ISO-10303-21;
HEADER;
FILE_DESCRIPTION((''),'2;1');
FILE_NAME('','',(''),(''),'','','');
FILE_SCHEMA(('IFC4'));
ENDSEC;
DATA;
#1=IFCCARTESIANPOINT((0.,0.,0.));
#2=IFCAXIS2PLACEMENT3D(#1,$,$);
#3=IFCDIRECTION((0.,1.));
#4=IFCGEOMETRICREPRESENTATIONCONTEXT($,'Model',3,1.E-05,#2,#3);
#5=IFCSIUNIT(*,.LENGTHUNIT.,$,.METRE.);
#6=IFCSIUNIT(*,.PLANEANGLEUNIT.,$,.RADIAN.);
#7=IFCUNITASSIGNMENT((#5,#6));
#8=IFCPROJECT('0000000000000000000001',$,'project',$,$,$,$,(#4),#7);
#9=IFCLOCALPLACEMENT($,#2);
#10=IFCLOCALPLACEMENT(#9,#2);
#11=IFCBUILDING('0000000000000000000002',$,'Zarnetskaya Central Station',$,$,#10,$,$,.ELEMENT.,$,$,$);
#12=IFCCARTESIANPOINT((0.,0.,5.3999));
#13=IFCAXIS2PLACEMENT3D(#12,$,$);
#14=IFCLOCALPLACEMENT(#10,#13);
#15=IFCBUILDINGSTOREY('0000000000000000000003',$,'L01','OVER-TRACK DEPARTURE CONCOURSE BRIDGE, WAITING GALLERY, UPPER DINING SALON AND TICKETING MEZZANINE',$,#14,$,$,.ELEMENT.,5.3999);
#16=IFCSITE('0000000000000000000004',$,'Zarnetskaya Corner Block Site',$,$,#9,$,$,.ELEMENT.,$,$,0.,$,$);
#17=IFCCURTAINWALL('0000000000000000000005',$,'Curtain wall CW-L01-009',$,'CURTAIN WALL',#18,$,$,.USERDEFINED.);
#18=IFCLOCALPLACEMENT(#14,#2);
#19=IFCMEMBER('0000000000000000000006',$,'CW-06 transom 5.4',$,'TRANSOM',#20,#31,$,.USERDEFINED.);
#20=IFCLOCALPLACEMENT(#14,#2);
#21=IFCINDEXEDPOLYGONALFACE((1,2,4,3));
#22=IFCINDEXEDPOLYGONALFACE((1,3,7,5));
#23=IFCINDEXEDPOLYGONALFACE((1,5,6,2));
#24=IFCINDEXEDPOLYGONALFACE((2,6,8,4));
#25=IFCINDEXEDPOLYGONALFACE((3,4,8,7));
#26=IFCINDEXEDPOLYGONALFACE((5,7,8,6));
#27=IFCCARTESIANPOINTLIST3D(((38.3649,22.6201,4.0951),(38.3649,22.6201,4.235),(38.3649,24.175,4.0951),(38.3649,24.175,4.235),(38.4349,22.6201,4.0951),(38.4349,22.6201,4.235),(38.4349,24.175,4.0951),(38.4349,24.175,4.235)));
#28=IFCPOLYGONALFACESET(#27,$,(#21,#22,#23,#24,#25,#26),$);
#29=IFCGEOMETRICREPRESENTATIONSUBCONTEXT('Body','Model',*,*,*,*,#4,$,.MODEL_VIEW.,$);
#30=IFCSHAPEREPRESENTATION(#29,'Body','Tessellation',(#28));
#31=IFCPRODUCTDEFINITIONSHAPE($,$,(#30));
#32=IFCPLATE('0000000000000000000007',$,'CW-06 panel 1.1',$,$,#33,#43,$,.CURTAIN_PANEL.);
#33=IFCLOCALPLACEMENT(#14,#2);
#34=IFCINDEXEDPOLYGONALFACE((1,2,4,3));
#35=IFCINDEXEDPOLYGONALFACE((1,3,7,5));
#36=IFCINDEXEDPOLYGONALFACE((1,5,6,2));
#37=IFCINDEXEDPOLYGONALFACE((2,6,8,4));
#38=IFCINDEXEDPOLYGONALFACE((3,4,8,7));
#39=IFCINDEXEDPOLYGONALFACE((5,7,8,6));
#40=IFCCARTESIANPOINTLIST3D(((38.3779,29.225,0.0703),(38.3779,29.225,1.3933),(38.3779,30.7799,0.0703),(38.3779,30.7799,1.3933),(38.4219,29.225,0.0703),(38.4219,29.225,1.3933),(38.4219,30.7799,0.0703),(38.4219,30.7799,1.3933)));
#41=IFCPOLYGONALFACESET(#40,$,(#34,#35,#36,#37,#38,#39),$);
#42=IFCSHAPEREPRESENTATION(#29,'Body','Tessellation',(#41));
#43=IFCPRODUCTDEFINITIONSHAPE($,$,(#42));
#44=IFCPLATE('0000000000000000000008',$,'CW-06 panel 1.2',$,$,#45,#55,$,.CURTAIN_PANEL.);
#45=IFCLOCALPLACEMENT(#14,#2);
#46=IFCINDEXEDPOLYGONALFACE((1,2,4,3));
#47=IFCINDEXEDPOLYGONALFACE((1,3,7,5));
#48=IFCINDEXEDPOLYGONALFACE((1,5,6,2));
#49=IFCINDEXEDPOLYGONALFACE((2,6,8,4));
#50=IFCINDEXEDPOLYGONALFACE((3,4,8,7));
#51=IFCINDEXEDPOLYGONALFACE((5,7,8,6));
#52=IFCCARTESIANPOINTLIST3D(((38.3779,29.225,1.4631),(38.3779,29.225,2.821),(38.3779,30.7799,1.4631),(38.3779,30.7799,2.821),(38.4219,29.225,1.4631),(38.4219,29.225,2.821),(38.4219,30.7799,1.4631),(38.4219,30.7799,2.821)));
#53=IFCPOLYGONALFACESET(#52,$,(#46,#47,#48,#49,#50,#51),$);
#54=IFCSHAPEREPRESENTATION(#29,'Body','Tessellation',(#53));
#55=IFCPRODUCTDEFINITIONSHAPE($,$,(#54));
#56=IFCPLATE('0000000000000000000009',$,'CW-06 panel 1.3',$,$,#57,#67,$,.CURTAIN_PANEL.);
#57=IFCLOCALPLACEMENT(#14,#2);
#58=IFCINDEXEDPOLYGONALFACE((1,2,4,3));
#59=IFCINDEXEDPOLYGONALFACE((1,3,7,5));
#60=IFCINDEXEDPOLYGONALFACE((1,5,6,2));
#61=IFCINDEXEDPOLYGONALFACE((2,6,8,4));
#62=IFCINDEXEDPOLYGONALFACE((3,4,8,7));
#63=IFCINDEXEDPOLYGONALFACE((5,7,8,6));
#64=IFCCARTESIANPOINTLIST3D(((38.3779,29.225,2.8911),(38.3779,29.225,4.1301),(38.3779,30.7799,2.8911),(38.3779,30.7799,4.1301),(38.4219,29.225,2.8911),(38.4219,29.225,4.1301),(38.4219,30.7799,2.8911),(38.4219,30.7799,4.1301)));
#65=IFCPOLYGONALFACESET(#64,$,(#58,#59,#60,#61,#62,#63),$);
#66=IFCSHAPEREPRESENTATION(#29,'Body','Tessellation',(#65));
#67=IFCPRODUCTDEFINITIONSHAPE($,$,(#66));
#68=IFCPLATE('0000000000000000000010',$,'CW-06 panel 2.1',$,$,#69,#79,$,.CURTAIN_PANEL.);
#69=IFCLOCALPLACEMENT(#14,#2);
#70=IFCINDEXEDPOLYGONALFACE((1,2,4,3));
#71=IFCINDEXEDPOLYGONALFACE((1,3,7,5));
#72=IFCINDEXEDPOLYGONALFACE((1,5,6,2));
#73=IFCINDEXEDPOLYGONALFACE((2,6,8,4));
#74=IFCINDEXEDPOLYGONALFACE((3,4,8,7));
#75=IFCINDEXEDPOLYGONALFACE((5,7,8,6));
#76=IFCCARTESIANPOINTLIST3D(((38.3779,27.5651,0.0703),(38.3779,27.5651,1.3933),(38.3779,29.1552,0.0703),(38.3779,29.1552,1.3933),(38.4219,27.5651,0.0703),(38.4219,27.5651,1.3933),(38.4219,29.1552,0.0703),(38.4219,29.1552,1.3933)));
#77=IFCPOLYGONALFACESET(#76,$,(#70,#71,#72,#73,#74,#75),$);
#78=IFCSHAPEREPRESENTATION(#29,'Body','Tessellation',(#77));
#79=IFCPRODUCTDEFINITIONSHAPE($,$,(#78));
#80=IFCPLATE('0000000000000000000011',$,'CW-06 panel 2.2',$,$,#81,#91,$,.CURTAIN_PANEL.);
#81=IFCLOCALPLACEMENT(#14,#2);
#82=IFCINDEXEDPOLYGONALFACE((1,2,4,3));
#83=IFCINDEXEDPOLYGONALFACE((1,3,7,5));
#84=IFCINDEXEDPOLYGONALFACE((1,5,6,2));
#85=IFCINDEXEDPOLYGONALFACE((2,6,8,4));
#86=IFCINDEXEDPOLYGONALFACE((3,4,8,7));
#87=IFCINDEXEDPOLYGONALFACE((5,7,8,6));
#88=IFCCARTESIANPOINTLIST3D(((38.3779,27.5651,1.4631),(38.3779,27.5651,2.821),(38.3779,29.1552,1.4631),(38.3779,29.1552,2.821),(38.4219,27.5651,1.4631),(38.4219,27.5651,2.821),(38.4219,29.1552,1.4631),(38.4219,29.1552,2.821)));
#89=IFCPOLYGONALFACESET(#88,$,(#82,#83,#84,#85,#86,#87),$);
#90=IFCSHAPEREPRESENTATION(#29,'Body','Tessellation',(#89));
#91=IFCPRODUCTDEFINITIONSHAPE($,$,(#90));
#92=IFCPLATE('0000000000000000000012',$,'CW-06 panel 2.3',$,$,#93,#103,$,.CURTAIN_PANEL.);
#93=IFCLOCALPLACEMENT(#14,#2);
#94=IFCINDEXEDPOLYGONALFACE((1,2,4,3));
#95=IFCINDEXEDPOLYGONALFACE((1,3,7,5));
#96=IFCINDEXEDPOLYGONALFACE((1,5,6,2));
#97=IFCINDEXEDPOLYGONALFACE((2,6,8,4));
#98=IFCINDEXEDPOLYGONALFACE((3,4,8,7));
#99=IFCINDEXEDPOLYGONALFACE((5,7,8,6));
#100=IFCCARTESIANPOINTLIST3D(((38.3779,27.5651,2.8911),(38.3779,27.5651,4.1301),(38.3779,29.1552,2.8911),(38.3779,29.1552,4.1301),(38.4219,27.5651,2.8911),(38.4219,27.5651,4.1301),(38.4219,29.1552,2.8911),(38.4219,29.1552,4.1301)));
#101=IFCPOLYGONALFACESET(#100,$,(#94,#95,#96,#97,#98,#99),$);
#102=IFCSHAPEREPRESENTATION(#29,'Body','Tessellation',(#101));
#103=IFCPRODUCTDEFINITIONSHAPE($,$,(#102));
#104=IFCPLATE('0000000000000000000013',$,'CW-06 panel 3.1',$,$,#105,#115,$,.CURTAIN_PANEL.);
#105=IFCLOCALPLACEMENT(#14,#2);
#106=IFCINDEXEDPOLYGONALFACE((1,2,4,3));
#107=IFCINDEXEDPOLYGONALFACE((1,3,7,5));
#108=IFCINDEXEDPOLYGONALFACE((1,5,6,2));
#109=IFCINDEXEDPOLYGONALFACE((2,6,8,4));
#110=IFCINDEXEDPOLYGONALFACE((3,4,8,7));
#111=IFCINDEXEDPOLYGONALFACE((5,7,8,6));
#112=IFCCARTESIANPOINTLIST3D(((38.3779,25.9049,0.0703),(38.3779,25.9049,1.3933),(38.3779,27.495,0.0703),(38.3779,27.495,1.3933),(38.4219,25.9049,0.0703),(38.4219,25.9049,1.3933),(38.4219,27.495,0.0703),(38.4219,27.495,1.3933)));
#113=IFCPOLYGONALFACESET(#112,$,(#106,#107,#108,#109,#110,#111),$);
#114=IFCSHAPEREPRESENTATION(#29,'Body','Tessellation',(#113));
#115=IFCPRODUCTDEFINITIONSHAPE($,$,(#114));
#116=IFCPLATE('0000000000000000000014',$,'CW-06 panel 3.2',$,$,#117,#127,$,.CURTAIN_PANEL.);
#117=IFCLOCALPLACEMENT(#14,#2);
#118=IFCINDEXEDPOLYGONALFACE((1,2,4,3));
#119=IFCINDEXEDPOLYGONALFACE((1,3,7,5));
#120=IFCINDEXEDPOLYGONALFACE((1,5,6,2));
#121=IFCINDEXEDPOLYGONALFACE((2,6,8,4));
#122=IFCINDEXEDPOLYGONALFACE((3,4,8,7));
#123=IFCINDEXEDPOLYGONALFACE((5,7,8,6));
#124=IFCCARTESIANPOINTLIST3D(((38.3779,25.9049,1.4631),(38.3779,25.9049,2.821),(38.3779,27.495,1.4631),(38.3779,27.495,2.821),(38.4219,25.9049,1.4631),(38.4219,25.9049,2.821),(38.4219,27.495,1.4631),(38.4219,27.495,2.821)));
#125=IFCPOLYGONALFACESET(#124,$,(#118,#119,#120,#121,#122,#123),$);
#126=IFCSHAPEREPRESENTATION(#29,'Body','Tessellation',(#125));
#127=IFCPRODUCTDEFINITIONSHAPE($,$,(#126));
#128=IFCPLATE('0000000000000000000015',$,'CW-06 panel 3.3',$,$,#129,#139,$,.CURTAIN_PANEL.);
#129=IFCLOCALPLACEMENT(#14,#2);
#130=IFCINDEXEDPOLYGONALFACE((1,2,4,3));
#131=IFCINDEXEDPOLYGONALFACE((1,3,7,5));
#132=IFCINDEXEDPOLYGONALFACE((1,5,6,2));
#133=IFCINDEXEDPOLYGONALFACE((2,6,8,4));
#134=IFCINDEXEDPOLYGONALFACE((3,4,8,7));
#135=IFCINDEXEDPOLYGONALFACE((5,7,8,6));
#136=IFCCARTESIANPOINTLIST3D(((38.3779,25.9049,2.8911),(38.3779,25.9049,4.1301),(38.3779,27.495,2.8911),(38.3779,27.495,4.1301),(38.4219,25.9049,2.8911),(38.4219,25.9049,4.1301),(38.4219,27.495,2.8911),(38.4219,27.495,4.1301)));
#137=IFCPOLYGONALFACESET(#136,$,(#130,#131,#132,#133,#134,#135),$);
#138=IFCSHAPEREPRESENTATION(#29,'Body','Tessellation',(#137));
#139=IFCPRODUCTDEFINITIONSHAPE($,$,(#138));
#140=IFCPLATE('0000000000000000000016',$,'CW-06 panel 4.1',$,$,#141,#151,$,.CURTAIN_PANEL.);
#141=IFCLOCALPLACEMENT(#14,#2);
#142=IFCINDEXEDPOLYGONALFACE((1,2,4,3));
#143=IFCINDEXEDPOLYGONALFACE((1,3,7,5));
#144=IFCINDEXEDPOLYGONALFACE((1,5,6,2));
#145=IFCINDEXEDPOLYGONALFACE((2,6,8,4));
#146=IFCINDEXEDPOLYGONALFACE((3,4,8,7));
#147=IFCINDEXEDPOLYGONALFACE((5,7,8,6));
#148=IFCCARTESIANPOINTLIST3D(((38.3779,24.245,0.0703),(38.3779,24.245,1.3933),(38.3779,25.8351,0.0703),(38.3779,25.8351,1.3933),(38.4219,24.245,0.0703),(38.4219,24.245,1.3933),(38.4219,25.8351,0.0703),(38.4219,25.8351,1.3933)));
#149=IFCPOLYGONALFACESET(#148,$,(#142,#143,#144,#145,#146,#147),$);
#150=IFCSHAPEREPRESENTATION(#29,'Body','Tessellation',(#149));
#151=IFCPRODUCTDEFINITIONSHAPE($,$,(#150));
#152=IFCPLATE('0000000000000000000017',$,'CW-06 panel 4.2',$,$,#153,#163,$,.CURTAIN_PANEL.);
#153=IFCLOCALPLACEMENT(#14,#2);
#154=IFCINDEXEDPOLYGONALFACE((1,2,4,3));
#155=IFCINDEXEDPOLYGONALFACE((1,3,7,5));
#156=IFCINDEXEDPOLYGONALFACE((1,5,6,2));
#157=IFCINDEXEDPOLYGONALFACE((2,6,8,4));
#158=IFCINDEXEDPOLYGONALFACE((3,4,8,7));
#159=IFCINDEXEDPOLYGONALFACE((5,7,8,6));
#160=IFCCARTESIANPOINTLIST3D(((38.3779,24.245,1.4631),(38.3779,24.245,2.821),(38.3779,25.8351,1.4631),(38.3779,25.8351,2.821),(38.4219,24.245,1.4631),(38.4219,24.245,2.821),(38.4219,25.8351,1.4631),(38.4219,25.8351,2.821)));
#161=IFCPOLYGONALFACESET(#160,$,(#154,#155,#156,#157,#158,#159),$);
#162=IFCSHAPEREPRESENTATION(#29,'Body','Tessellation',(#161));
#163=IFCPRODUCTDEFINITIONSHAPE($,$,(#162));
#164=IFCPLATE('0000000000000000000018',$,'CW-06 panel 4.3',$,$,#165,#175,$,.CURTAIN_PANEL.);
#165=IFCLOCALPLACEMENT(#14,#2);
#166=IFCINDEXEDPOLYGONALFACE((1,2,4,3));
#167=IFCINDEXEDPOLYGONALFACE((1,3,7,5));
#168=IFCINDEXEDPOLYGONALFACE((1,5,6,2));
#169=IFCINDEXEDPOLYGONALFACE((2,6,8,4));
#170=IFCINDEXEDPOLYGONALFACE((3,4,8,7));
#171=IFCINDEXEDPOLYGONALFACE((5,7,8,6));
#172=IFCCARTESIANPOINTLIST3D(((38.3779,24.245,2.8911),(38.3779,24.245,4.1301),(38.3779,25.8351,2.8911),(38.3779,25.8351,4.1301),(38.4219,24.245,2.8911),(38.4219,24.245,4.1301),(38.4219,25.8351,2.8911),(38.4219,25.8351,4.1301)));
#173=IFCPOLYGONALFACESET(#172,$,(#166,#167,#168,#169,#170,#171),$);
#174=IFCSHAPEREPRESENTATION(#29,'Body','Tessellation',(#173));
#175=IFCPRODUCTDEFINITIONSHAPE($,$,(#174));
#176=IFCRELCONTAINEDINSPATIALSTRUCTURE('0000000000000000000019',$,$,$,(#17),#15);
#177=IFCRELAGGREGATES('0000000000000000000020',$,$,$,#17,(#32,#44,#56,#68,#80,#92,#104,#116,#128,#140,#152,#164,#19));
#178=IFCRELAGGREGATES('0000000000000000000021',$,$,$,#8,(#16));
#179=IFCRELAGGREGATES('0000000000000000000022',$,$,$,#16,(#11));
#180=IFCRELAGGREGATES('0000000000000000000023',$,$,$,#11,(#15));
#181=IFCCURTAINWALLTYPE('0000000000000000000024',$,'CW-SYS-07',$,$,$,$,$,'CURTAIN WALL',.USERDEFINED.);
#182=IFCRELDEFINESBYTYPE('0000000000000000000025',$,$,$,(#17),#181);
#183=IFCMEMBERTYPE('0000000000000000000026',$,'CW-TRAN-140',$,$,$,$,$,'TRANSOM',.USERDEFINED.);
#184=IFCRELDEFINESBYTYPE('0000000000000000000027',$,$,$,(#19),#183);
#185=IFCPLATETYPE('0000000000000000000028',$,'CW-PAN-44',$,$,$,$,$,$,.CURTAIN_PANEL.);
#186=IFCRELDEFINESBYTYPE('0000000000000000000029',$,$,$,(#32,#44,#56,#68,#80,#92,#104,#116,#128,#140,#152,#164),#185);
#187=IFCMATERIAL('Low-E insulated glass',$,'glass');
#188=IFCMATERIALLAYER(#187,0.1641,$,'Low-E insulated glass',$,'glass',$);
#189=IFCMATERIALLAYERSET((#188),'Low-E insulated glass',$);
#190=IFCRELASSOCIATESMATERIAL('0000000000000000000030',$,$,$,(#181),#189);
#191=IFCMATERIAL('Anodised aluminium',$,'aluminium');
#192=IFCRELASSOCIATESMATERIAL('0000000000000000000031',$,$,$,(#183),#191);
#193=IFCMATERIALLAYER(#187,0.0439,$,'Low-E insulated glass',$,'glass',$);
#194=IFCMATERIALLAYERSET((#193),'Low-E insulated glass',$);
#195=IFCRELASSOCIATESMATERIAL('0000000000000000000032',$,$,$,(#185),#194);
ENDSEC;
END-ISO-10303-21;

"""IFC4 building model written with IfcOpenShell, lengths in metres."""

from ifc_helpers import new_model, si_unit, direction, frame, origin, origin_2d, place, context, subcontext, project, spatial, rectangle, extrude, material, layer, layer_set, material_profile, profile_set, type_object, element, aggregate, save


model = new_model("IFC4")

# Units and contexts
model_context = context("Model", 3, precision=1e-05, world=origin(), true_north=direction((0.0, 1.0)))
body_context = subcontext(model_context, "Body", "Model", "MODEL_VIEW")
ifc_project = project(units=[si_unit("LENGTHUNIT", "METRE"), si_unit("PLANEANGLEUNIT", "RADIAN")], contexts=[model_context])

# Site, building, storey
site_placement = place(None, origin())
site = spatial("IfcSite", under=ifc_project, at=site_placement, Name="Zarnetskaya Corner Block Site", CompositionType="ELEMENT", RefElevation=0.0)
building_placement = place(site_placement, origin())
building = spatial("IfcBuilding", under=site, at=building_placement, Name="Zarnetskaya Central Station", CompositionType="ELEMENT")
storey_placement = place(building_placement, frame((0.0, 0.0, 5.3999)))
storey = spatial("IfcBuildingStorey", under=building, at=storey_placement, Name="L01", Description="OVER-TRACK DEPARTURE CONCOURSE BRIDGE, WAITING GALLERY, UPPER DINING SALON AND TICKETING MEZZANINE", CompositionType="ELEMENT", Elevation=5.3999)

# Curtain wall, member, plates
ifc_material_1 = material(Name="Low-E insulated glass", Category="glass")
ifc_layer_1 = layer(ifc_material_1, 0.1641, Name="Low-E insulated glass", Category="glass")
ifc_layer_set_1 = layer_set([ifc_layer_1], Name="Low-E insulated glass")
curtain_wall_type = type_object("IfcCurtainWallType", Name="CW-SYS-07", ElementType="CURTAIN WALL", PredefinedType="USERDEFINED", material=ifc_layer_set_1)
curtain_wall_placement = place(storey_placement, origin())
curtain_wall = element("IfcCurtainWall", 1, at=curtain_wall_placement, inside=storey, type_object=curtain_wall_type, Name="Curtain wall CW-L01-009", ObjectType="CURTAIN WALL", PredefinedType="USERDEFINED")
ifc_material_2 = material(Name="Anodised aluminium", Category="aluminium")
ifc_material_profile_1 = material_profile(ifc_material_2, rectangle(XDim=0.0701, YDim=0.1399, at=origin_2d()), Name="ALU TRAN 70x140")
ifc_profile_set_1 = profile_set([ifc_material_profile_1], Name="Anodised aluminium")
member_type_1 = type_object("IfcMemberType", Name="CW-TRAN-140", ElementType="TRANSOM", PredefinedType="USERDEFINED", material=ifc_profile_set_1)
member_1_placement = place(storey_placement, frame((38.3999, 24.175, 4.165), z_axis=(0.0, -1.0, 0.0), x_axis=(1.0, 0.0, 0.0)))
member_1 = element("IfcMember", 2, at=member_1_placement, type_object=member_type_1, Name="CW-06 transom 5.4", ObjectType="TRANSOM", PredefinedType="USERDEFINED", context=body_context, shape_type="SweptSolid", body=[
    extrude(rectangle(XDim=0.0701, YDim=0.1399, at=origin_2d()), origin(), (0.0, 0.0, 1.0), 1.5549),
])
ifc_layer_2 = layer(ifc_material_1, 0.0439, Name="Low-E insulated glass", Category="glass")
ifc_layer_set_2 = layer_set([ifc_layer_2], Name="Low-E insulated glass")
plate_type = type_object("IfcPlateType", Name="CW-PAN-44", PredefinedType="CURTAIN_PANEL", material=ifc_layer_set_2)
plate_1_placement = place(storey_placement, frame((38.3999, 30.0024, 0.0703), z_axis=(0.0, 0.0, 1.0), x_axis=(0.0, -1.0, 0.0)))
plate_1 = element("IfcPlate", 3, at=plate_1_placement, type_object=plate_type, Name="CW-06 panel 1.1", PredefinedType="CURTAIN_PANEL", context=body_context, shape_type="SweptSolid", body=[
    extrude(rectangle(XDim=1.5549, YDim=0.0439, at=origin_2d()), origin(), (0.0, 0.0, 1.0), 1.323),
])
plate_2_placement = place(storey_placement, frame((38.3999, 30.0024, 1.4631), z_axis=(0.0, 0.0, 1.0), x_axis=(0.0, -1.0, 0.0)))
plate_2 = element("IfcPlate", 4, at=plate_2_placement, type_object=plate_type, Name="CW-06 panel 1.2", PredefinedType="CURTAIN_PANEL", context=body_context, shape_type="SweptSolid", body=[
    extrude(rectangle(XDim=1.5549, YDim=0.0439, at=origin_2d()), origin(), (0.0, 0.0, 1.0), 1.3579),
])
plate_3_placement = place(storey_placement, frame((38.3999, 30.0024, 2.8911), z_axis=(0.0, 0.0, 1.0), x_axis=(0.0, -1.0, 0.0)))
plate_3 = element("IfcPlate", 5, at=plate_3_placement, type_object=plate_type, Name="CW-06 panel 1.3", PredefinedType="CURTAIN_PANEL", context=body_context, shape_type="SweptSolid", body=[
    extrude(rectangle(XDim=1.5549, YDim=0.0439, at=origin_2d()), origin(), (0.0, 0.0, 1.0), 1.239),
])
plate_4_placement = place(storey_placement, frame((38.3999, 28.3601, 0.0703), z_axis=(0.0, 0.0, 1.0), x_axis=(0.0, -1.0, 0.0)))
plate_4 = element("IfcPlate", 6, at=plate_4_placement, type_object=plate_type, Name="CW-06 panel 2.1", PredefinedType="CURTAIN_PANEL", context=body_context, shape_type="SweptSolid", body=[
    extrude(rectangle(XDim=1.5901, YDim=0.0439, at=origin_2d()), origin(), (0.0, 0.0, 1.0), 1.323),
])
plate_5_placement = place(storey_placement, frame((38.3999, 28.3601, 1.4631), z_axis=(0.0, 0.0, 1.0), x_axis=(0.0, -1.0, 0.0)))
plate_5 = element("IfcPlate", 7, at=plate_5_placement, type_object=plate_type, Name="CW-06 panel 2.2", PredefinedType="CURTAIN_PANEL", context=body_context, shape_type="SweptSolid", body=[
    extrude(rectangle(XDim=1.5901, YDim=0.0439, at=origin_2d()), origin(), (0.0, 0.0, 1.0), 1.3579),
])
plate_6_placement = place(storey_placement, frame((38.3999, 28.3601, 2.8911), z_axis=(0.0, 0.0, 1.0), x_axis=(0.0, -1.0, 0.0)))
plate_6 = element("IfcPlate", 8, at=plate_6_placement, type_object=plate_type, Name="CW-06 panel 2.3", PredefinedType="CURTAIN_PANEL", context=body_context, shape_type="SweptSolid", body=[
    extrude(rectangle(XDim=1.5901, YDim=0.0439, at=origin_2d()), origin(), (0.0, 0.0, 1.0), 1.239),
])
plate_7_placement = place(storey_placement, frame((38.3999, 26.7, 0.0703), z_axis=(0.0, 0.0, 1.0), x_axis=(0.0, -1.0, 0.0)))
plate_7 = element("IfcPlate", 9, at=plate_7_placement, type_object=plate_type, Name="CW-06 panel 3.1", PredefinedType="CURTAIN_PANEL", context=body_context, shape_type="SweptSolid", body=[
    extrude(rectangle(XDim=1.5901, YDim=0.0439, at=origin_2d()), origin(), (0.0, 0.0, 1.0), 1.323),
])
plate_8_placement = place(storey_placement, frame((38.3999, 26.7, 1.4631), z_axis=(0.0, 0.0, 1.0), x_axis=(0.0, -1.0, 0.0)))
plate_8 = element("IfcPlate", 10, at=plate_8_placement, type_object=plate_type, Name="CW-06 panel 3.2", PredefinedType="CURTAIN_PANEL", context=body_context, shape_type="SweptSolid", body=[
    extrude(rectangle(XDim=1.5901, YDim=0.0439, at=origin_2d()), origin(), (0.0, 0.0, 1.0), 1.3579),
])
plate_9_placement = place(storey_placement, frame((38.3999, 26.7, 2.8911), z_axis=(0.0, 0.0, 1.0), x_axis=(0.0, -1.0, 0.0)))
plate_9 = element("IfcPlate", 11, at=plate_9_placement, type_object=plate_type, Name="CW-06 panel 3.3", PredefinedType="CURTAIN_PANEL", context=body_context, shape_type="SweptSolid", body=[
    extrude(rectangle(XDim=1.5901, YDim=0.0439, at=origin_2d()), origin(), (0.0, 0.0, 1.0), 1.239),
])
plate_10_placement = place(storey_placement, frame((38.3999, 25.04, 0.0703), z_axis=(0.0, 0.0, 1.0), x_axis=(0.0, -1.0, 0.0)))
plate_10 = element("IfcPlate", 12, at=plate_10_placement, type_object=plate_type, Name="CW-06 panel 4.1", PredefinedType="CURTAIN_PANEL", context=body_context, shape_type="SweptSolid", body=[
    extrude(rectangle(XDim=1.5901, YDim=0.0439, at=origin_2d()), origin(), (0.0, 0.0, 1.0), 1.323),
])
plate_11_placement = place(storey_placement, frame((38.3999, 25.04, 1.4631), z_axis=(0.0, 0.0, 1.0), x_axis=(0.0, -1.0, 0.0)))
plate_11 = element("IfcPlate", 13, at=plate_11_placement, type_object=plate_type, Name="CW-06 panel 4.2", PredefinedType="CURTAIN_PANEL", context=body_context, shape_type="SweptSolid", body=[
    extrude(rectangle(XDim=1.5901, YDim=0.0439, at=origin_2d()), origin(), (0.0, 0.0, 1.0), 1.3579),
])
plate_12_placement = place(storey_placement, frame((38.3999, 25.04, 2.8911), z_axis=(0.0, 0.0, 1.0), x_axis=(0.0, -1.0, 0.0)))
plate_12 = element("IfcPlate", 14, at=plate_12_placement, type_object=plate_type, Name="CW-06 panel 4.3", PredefinedType="CURTAIN_PANEL", context=body_context, shape_type="SweptSolid", body=[
    extrude(rectangle(XDim=1.5901, YDim=0.0439, at=origin_2d()), origin(), (0.0, 0.0, 1.0), 1.239),
])
aggregate(curtain_wall, [plate_1, plate_2, plate_3, plate_4, plate_5, plate_6, plate_7, plate_8, plate_9, plate_10, plate_11, plate_12, member_1])

save(model, "model.ifc")
